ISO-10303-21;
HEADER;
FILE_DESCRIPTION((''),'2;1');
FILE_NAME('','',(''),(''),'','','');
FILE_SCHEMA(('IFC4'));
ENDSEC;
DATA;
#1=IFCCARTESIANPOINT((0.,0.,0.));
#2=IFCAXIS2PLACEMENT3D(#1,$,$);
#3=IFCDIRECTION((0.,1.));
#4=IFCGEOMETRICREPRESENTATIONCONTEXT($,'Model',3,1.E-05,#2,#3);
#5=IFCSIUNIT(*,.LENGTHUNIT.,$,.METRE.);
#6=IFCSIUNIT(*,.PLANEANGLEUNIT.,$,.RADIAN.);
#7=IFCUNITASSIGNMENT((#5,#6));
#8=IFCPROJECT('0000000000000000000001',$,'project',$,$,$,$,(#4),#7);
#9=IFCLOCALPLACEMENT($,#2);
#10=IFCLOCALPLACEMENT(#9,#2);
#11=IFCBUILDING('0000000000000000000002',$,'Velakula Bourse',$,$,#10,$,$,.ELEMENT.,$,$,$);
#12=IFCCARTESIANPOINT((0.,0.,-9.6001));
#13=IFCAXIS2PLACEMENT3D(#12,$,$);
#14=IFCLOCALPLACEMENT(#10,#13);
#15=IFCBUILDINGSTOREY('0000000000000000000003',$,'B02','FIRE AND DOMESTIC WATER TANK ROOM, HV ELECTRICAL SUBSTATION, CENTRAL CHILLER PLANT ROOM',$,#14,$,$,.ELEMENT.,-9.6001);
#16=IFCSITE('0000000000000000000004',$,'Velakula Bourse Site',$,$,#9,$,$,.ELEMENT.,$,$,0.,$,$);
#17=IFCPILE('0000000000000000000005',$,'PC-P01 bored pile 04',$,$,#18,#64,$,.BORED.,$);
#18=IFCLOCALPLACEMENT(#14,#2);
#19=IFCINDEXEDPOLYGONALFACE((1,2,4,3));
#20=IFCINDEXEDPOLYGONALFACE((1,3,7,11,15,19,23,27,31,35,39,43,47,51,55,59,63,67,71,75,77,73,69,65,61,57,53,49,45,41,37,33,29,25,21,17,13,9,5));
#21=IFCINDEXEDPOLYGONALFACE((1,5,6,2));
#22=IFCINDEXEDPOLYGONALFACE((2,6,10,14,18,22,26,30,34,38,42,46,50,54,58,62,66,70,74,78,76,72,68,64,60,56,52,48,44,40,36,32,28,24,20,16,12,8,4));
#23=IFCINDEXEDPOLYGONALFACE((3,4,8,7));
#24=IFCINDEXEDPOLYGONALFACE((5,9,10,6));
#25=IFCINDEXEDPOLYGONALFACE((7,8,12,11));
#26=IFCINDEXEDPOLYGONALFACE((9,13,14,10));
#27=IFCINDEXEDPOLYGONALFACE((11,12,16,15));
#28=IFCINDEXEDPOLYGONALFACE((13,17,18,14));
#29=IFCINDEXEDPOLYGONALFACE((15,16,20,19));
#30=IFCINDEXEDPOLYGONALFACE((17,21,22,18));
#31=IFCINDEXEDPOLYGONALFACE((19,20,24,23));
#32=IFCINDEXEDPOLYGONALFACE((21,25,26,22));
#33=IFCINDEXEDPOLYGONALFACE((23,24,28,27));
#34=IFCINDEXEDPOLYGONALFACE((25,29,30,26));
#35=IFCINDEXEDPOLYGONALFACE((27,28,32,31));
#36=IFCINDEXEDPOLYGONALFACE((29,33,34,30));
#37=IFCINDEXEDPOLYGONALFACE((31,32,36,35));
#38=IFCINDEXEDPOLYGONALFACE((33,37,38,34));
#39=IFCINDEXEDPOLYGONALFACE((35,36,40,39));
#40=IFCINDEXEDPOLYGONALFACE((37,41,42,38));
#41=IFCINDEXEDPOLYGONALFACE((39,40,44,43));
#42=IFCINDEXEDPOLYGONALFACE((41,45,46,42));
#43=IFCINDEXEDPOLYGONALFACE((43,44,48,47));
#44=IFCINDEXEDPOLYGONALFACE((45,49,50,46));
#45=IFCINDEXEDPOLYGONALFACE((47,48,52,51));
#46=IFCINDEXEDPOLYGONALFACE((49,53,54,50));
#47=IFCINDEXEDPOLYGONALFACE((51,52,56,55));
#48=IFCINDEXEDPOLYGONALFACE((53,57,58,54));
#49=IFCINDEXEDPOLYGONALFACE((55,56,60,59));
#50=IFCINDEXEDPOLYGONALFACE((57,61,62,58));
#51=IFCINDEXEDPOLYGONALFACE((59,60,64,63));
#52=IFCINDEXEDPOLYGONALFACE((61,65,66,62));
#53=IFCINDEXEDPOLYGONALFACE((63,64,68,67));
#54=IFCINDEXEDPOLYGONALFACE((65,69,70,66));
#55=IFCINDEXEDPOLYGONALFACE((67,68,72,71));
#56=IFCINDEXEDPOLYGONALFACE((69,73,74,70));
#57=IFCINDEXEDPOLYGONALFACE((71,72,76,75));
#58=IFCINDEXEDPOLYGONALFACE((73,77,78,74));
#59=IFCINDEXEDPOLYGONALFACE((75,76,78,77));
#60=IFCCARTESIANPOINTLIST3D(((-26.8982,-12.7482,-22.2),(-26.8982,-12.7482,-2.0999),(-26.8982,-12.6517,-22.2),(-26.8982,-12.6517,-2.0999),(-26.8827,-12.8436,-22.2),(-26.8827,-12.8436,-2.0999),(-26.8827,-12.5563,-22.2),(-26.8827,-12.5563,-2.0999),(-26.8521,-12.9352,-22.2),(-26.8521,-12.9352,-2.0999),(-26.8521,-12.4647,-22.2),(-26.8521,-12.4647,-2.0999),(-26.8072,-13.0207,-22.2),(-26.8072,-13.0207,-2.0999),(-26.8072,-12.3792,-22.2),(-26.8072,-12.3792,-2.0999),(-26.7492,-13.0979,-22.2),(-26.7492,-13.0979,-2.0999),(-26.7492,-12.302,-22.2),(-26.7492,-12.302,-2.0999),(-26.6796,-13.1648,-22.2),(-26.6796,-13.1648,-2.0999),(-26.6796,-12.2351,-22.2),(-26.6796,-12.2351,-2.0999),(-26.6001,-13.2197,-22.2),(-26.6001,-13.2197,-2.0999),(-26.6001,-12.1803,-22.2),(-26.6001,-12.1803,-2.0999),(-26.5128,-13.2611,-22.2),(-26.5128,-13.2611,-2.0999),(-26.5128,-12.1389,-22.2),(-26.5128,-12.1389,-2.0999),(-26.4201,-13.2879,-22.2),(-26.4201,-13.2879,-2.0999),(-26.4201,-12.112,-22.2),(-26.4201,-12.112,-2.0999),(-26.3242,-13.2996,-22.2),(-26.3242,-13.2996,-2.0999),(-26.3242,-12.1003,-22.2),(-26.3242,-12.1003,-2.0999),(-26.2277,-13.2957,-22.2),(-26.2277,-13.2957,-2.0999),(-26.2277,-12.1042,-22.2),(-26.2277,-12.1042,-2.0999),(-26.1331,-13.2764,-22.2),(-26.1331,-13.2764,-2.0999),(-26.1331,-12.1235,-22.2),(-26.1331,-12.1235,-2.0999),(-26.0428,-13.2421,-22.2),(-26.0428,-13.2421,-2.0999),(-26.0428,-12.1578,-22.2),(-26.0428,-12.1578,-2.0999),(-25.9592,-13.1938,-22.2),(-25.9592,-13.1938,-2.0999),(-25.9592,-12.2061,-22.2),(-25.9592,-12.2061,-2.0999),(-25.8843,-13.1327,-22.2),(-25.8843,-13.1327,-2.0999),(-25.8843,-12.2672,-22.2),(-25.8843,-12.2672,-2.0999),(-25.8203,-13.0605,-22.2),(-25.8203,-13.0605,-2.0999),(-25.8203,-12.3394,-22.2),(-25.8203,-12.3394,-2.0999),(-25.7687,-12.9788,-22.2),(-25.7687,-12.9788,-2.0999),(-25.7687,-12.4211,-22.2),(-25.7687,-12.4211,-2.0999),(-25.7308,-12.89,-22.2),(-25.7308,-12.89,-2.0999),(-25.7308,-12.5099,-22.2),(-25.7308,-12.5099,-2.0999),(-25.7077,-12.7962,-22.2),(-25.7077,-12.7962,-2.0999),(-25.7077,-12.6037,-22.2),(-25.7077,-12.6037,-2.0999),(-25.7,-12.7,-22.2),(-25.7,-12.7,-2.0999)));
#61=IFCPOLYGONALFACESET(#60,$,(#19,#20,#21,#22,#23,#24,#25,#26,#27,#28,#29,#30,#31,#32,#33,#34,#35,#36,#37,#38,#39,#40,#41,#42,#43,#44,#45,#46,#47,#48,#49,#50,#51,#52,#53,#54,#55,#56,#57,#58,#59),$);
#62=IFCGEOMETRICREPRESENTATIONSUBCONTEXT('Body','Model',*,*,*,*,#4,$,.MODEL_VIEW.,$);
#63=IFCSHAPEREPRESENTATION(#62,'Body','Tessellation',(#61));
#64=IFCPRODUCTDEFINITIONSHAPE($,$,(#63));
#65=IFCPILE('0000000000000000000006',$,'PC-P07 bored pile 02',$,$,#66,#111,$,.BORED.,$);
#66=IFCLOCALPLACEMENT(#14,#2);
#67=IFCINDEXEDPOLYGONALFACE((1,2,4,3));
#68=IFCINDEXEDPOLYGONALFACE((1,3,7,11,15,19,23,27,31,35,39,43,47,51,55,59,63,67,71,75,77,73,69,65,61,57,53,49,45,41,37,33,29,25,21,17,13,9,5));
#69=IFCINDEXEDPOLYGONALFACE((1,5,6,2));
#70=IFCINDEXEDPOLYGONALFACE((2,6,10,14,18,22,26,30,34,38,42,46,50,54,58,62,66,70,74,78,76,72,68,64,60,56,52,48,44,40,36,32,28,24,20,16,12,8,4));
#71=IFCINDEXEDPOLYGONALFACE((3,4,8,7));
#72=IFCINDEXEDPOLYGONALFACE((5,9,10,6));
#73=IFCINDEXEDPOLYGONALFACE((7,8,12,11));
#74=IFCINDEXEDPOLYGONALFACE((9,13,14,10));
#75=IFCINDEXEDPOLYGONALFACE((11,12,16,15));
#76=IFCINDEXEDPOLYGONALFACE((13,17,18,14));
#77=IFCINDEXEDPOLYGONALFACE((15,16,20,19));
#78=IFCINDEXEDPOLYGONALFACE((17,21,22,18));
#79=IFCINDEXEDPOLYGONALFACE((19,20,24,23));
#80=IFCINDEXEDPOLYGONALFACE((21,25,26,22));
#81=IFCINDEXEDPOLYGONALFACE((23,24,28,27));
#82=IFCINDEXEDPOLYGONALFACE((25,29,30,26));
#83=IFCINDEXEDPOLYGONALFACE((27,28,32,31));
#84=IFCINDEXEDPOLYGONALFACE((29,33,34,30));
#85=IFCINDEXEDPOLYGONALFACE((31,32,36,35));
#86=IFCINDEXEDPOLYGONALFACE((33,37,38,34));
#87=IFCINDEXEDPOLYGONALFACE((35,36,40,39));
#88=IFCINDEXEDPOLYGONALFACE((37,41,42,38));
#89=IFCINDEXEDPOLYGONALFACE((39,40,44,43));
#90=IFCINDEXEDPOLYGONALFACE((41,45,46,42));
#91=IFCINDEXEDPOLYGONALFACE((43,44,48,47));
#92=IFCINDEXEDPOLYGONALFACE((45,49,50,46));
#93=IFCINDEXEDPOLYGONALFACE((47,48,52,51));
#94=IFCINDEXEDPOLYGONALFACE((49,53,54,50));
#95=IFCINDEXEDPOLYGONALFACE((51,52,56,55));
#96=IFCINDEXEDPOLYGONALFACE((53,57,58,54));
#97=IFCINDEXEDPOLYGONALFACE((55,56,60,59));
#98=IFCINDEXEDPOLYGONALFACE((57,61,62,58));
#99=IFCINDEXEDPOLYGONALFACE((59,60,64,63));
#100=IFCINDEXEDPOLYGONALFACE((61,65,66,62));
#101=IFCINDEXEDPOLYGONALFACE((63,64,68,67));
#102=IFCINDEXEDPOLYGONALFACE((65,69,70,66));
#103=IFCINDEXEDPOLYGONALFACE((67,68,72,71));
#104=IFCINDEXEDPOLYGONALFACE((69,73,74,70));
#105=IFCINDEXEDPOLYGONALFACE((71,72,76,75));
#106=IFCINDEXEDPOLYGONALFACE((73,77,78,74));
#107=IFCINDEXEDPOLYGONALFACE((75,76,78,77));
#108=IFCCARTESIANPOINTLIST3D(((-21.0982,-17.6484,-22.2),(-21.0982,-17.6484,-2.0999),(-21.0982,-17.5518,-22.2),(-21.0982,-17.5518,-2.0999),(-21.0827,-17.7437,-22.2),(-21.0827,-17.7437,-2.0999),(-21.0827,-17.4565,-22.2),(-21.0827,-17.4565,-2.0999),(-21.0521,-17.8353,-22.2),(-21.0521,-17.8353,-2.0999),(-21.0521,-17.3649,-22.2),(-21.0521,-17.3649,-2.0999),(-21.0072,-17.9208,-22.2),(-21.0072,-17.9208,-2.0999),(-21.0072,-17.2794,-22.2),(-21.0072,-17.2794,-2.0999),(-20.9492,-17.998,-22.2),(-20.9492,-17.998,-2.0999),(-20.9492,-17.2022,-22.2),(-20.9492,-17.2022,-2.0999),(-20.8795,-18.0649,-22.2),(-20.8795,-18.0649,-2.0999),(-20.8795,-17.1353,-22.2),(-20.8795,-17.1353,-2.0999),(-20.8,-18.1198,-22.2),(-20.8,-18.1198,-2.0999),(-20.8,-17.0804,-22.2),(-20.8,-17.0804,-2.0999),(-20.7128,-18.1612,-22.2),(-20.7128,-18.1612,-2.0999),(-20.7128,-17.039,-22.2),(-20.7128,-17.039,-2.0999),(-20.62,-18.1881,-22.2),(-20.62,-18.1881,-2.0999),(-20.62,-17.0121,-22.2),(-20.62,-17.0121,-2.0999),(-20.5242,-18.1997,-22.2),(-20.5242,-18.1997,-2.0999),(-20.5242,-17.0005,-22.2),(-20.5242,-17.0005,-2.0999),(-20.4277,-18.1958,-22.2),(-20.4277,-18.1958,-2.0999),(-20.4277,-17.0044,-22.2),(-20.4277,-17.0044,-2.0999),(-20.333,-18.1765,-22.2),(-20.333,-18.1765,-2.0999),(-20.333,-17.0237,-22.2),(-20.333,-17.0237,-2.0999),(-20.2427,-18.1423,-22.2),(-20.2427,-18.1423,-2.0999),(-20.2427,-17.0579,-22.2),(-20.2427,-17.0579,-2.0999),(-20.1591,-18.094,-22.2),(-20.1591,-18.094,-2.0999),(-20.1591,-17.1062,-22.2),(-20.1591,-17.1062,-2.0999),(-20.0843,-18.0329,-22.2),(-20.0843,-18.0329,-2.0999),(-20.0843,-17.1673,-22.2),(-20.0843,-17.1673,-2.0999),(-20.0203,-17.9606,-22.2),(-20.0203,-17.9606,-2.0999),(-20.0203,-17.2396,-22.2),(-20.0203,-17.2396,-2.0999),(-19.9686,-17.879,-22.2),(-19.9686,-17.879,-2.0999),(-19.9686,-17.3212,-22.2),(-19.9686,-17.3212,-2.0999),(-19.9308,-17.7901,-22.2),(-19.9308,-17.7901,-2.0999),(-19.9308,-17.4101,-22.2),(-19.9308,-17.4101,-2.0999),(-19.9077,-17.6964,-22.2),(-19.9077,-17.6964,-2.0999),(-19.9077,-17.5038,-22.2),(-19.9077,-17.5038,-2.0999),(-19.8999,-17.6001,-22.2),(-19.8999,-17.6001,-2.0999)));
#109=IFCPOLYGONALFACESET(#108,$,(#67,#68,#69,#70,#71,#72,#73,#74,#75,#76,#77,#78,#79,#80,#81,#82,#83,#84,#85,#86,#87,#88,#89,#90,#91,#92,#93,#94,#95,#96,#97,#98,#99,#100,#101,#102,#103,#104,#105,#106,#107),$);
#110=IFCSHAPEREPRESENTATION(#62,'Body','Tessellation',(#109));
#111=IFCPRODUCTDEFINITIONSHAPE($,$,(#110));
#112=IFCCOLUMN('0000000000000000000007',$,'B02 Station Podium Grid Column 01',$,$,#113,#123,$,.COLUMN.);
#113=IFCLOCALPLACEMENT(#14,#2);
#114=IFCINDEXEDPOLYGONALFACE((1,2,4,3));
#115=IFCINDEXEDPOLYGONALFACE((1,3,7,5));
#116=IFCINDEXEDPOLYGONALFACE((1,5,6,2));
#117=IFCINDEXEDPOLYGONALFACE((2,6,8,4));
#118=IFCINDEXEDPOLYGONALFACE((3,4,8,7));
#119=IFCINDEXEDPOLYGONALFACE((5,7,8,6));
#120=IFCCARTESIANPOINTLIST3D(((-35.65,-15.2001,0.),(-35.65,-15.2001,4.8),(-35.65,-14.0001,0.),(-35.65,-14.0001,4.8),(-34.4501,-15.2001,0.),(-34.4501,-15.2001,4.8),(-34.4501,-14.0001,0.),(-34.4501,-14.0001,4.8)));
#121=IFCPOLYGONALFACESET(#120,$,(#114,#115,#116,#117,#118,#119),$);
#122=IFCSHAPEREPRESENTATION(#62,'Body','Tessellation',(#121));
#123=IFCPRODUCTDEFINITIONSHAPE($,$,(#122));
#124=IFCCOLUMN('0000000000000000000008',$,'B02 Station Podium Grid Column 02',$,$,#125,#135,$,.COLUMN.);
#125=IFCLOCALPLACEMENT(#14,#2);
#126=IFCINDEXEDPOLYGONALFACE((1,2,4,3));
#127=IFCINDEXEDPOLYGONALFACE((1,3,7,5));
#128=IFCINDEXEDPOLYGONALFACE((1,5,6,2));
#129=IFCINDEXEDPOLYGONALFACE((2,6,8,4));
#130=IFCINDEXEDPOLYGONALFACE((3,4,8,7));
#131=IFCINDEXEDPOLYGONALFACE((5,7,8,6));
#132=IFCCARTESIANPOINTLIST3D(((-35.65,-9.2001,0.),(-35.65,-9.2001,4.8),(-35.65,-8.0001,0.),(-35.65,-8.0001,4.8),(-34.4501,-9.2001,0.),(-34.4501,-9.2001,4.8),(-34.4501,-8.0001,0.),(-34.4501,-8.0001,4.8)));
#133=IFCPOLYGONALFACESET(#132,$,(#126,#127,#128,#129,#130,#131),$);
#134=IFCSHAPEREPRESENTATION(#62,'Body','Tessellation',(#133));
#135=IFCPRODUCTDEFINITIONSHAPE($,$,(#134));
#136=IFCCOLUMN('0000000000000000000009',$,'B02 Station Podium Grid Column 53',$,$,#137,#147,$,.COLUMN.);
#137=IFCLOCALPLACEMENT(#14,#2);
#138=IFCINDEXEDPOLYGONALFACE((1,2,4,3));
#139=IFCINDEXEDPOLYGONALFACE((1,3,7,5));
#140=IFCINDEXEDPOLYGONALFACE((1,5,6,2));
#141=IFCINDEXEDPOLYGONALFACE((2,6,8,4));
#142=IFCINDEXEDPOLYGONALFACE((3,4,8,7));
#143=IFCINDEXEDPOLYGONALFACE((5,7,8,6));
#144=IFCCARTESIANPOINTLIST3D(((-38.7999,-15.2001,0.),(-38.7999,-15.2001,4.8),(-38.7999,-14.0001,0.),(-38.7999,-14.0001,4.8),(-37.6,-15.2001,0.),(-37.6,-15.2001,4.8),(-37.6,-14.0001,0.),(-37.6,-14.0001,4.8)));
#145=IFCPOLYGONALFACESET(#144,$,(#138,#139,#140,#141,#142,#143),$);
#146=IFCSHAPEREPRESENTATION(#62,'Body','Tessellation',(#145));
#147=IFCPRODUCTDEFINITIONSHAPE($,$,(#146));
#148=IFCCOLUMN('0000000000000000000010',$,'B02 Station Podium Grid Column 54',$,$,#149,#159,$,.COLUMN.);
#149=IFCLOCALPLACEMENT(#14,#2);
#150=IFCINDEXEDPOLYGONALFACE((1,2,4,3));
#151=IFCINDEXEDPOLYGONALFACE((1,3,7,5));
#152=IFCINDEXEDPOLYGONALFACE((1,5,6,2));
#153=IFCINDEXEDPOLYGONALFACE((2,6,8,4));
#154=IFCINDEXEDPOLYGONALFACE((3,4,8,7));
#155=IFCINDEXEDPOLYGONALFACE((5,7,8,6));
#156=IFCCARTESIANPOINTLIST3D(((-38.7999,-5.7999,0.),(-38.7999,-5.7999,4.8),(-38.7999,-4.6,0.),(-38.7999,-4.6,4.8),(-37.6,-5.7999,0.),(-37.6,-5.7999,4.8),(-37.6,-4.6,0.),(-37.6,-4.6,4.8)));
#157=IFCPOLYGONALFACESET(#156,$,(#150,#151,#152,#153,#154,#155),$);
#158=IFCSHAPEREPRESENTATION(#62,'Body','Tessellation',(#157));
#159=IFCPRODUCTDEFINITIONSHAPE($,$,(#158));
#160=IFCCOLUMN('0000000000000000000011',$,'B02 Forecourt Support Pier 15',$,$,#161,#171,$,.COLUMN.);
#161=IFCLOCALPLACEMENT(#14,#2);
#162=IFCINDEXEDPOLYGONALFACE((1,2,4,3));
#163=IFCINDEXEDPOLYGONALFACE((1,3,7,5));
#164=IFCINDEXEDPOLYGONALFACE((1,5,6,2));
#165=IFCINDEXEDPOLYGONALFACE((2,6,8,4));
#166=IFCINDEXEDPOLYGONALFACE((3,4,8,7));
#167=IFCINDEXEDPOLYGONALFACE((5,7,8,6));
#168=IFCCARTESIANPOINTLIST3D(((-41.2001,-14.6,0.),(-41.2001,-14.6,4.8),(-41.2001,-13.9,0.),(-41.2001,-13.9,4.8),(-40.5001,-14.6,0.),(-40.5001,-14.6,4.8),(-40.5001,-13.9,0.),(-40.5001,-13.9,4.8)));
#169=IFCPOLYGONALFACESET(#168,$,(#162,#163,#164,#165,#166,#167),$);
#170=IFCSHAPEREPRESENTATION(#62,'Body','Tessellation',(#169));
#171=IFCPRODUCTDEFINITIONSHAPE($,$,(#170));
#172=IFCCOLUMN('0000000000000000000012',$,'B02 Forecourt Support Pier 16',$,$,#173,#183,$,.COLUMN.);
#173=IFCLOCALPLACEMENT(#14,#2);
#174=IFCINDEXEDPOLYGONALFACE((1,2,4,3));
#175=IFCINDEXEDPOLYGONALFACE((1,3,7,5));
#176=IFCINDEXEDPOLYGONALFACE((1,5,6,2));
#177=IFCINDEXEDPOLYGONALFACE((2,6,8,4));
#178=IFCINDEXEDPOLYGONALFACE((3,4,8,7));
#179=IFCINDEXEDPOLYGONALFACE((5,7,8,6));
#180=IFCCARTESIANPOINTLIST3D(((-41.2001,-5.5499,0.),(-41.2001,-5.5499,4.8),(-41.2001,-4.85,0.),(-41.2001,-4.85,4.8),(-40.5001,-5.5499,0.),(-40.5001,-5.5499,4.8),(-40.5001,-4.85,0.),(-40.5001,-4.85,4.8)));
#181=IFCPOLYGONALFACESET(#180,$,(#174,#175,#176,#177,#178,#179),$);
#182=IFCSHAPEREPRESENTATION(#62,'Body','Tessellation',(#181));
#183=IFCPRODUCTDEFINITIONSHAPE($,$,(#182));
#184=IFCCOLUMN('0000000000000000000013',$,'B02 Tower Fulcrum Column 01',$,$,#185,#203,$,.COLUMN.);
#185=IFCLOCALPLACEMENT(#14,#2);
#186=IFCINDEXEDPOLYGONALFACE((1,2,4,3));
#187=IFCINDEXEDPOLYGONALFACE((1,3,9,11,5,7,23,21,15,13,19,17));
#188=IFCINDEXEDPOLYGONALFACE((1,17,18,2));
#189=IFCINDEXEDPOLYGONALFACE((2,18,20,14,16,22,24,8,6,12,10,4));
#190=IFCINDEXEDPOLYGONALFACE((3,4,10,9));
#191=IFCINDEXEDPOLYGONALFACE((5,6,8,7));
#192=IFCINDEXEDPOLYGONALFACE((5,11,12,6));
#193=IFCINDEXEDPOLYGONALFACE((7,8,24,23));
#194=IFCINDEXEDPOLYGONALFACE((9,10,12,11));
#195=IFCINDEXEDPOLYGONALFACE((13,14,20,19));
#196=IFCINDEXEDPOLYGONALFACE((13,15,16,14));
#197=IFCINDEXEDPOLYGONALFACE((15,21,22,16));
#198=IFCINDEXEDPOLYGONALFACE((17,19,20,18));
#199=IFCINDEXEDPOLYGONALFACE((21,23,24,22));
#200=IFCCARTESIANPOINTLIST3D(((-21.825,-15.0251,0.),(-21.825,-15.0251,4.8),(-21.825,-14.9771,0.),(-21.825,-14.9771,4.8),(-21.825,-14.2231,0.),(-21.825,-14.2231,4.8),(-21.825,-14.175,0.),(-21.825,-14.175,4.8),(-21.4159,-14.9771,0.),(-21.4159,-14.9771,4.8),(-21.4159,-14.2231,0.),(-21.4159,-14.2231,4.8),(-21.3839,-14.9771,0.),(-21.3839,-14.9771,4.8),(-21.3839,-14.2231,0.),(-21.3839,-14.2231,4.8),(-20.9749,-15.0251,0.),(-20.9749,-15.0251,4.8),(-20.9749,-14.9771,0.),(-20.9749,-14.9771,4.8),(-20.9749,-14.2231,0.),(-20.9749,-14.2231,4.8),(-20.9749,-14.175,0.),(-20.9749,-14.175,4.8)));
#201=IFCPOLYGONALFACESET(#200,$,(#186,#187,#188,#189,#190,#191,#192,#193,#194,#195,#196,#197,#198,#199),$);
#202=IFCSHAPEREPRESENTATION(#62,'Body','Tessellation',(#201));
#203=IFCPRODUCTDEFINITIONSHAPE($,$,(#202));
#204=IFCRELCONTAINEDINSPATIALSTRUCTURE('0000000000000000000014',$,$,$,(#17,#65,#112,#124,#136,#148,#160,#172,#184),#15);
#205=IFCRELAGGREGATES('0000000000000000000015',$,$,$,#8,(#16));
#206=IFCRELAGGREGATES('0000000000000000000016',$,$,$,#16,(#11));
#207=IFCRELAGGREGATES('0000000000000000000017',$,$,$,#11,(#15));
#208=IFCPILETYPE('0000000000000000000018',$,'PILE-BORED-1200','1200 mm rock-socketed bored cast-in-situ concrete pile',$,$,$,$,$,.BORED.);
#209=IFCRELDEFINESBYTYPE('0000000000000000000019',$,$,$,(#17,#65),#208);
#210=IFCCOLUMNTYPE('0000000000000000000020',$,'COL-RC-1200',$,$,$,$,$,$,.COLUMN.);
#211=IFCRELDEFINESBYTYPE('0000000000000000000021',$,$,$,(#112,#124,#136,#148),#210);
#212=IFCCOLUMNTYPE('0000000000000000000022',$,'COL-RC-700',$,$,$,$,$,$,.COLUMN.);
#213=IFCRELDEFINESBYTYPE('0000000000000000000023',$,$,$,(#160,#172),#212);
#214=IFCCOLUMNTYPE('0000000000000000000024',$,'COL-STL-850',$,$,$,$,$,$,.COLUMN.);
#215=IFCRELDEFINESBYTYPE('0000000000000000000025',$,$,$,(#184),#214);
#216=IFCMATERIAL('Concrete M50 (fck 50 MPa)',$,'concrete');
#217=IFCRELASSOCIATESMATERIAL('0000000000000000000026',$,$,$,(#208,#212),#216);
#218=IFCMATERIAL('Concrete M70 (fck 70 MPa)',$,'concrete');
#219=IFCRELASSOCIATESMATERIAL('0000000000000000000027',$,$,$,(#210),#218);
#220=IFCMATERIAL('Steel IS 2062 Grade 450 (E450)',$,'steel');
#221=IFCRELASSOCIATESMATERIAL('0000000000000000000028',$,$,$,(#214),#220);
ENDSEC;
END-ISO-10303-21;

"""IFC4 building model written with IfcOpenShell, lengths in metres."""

from ifc_helpers import new_model, si_unit, direction, frame, origin, origin_2d, place, context, subcontext, project, spatial, rectangle, circle, i_section, extrude, material, material_profile, profile_set, type_object, element, save


model = new_model("IFC4")

# Units and contexts
model_context = context("Model", 3, precision=1e-05, world=origin(), true_north=direction((0.0, 1.0)))
body_context = subcontext(model_context, "Body", "Model", "MODEL_VIEW")
ifc_project = project(units=[si_unit("LENGTHUNIT", "METRE"), si_unit("PLANEANGLEUNIT", "RADIAN")], contexts=[model_context])

# Site, building, storey
site_placement = place(None, origin())
site = spatial("IfcSite", under=ifc_project, at=site_placement, Name="Velakula Bourse Site", CompositionType="ELEMENT", RefElevation=0.0)
building_placement = place(site_placement, origin())
building = spatial("IfcBuilding", under=site, at=building_placement, Name="Velakula Bourse", CompositionType="ELEMENT")
storey_placement = place(building_placement, frame((0.0, 0.0, -9.6001)))
storey = spatial("IfcBuildingStorey", under=building, at=storey_placement, Name="B02", Description="FIRE AND DOMESTIC WATER TANK ROOM, HV ELECTRICAL SUBSTATION, CENTRAL CHILLER PLANT ROOM", CompositionType="ELEMENT", Elevation=-9.6001)

# Shared definitions
ifc_material_1 = material(Name="Concrete M70 (fck 70 MPa)", Category="concrete")
ifc_material_2 = material(Name="Concrete M50 (fck 50 MPa)", Category="concrete")

# Piles
ifc_material_profile_1 = material_profile(ifc_material_2, circle(Radius=0.6001, at=origin_2d()), Name="Concrete M50 (fck 50 MPa)")
ifc_profile_set_1 = profile_set([ifc_material_profile_1], Name="Concrete M50 (fck 50 MPa)")
pile_type = type_object("IfcPileType", Name="PILE-BORED-1200", Description="1200 mm rock-socketed bored cast-in-situ concrete pile", PredefinedType="BORED", material=ifc_profile_set_1)
for number, where, z_axis, x_axis, name in (
    (1, (-26.3, -12.7, -2.0999), (0.0, 0.0, -1.0), (1.0, 0.0, 0.0), "PC-P01 bored pile 04"),
    (2, (-20.5, -17.6001, -2.0999), (0.0, 0.0, -1.0), (1.0, 0.0, 0.0), "PC-P07 bored pile 02"),
):
    element("IfcPile", number, at=place(storey_placement, frame(where, z_axis=z_axis, x_axis=x_axis)), inside=storey, type_object=pile_type, Name=name, PredefinedType="BORED", context=body_context, shape_type="SweptSolid", body=[
        extrude(circle(Radius=0.6001, at=origin_2d()), origin(), (0.0, 0.0, 1.0), 20.1001),
    ])

# Columns
ifc_material_profile_2 = material_profile(ifc_material_1, rectangle(XDim=1.2, YDim=1.2, at=origin_2d()), Name="Concrete M70 (fck 70 MPa)")
ifc_profile_set_2 = profile_set([ifc_material_profile_2], Name="Concrete M70 (fck 70 MPa)")
column_type_1 = type_object("IfcColumnType", Name="COL-RC-1200", PredefinedType="COLUMN", material=ifc_profile_set_2)
for number, where, z_axis, x_axis, name in (
    (3, (-35.05, -14.6001, 0.0), (0.0, 0.0, 1.0), (1.0, 0.0, 0.0), "B02 Station Podium Grid Column 01"),
    (4, (-35.05, -8.6001, 0.0), (0.0, 0.0, 1.0), (1.0, 0.0, 0.0), "B02 Station Podium Grid Column 02"),
    (5, (-38.2, -14.6001, 0.0), (0.0, 0.0, 1.0), (1.0, 0.0, 0.0), "B02 Station Podium Grid Column 53"),
    (6, (-38.2, -5.2, 0.0), (0.0, 0.0, 1.0), (1.0, 0.0, 0.0), "B02 Station Podium Grid Column 54"),
):
    element("IfcColumn", number, at=place(storey_placement, frame(where, z_axis=z_axis, x_axis=x_axis)), inside=storey, type_object=column_type_1, Name=name, PredefinedType="COLUMN", context=body_context, shape_type="SweptSolid", body=[
        extrude(rectangle(XDim=1.2, YDim=1.2, at=origin_2d()), origin(), (0.0, 0.0, 1.0), 4.8),
    ])
ifc_material_profile_3 = material_profile(ifc_material_2, rectangle(XDim=0.7, YDim=0.7, at=origin_2d()), Name="Concrete M50 (fck 50 MPa)")
ifc_profile_set_3 = profile_set([ifc_material_profile_3], Name="Concrete M50 (fck 50 MPa)")
column_type_2 = type_object("IfcColumnType", Name="COL-RC-700", PredefinedType="COLUMN", material=ifc_profile_set_3)
for number, where, z_axis, x_axis, name in (
    (7, (-40.8501, -14.25, 0.0), (0.0, 0.0, 1.0), (1.0, 0.0, 0.0), "B02 Forecourt Support Pier 15"),
    (8, (-40.8501, -5.2, 0.0), (0.0, 0.0, 1.0), (1.0, 0.0, 0.0), "B02 Forecourt Support Pier 16"),
):
    element("IfcColumn", number, at=place(storey_placement, frame(where, z_axis=z_axis, x_axis=x_axis)), inside=storey, type_object=column_type_2, Name=name, PredefinedType="COLUMN", context=body_context, shape_type="SweptSolid", body=[
        extrude(rectangle(XDim=0.7, YDim=0.7, at=origin_2d()), origin(), (0.0, 0.0, 1.0), 4.8),
    ])
ifc_material_3 = material(Name="Steel IS 2062 Grade 450 (E450)", Category="steel")
ifc_material_profile_4 = material_profile(ifc_material_3, i_section(OverallWidth=0.8501, OverallDepth=0.8501, WebThickness=0.032, FlangeThickness=0.0481, at=origin_2d()), Name="Steel IS 2062 Grade 450 (E450)")
ifc_profile_set_4 = profile_set([ifc_material_profile_4], Name="Steel IS 2062 Grade 450 (E450)")
column_type_3 = type_object("IfcColumnType", Name="COL-STL-850", PredefinedType="COLUMN", material=ifc_profile_set_4)
for number, where, z_axis, x_axis, name in (
    (9, (-21.3999, -14.6001, 0.0), (0.0, 0.0, 1.0), (1.0, 0.0, 0.0), "B02 Tower Fulcrum Column 01"),
):
    element("IfcColumn", number, at=place(storey_placement, frame(where, z_axis=z_axis, x_axis=x_axis)), inside=storey, type_object=column_type_3, Name=name, PredefinedType="COLUMN", context=body_context, shape_type="SweptSolid", body=[
        extrude(i_section(OverallWidth=0.8501, OverallDepth=0.8501, WebThickness=0.032, FlangeThickness=0.0481, at=origin_2d()), origin(), (0.0, 0.0, 1.0), 4.8),
    ])

save(model, "model.ifc")
